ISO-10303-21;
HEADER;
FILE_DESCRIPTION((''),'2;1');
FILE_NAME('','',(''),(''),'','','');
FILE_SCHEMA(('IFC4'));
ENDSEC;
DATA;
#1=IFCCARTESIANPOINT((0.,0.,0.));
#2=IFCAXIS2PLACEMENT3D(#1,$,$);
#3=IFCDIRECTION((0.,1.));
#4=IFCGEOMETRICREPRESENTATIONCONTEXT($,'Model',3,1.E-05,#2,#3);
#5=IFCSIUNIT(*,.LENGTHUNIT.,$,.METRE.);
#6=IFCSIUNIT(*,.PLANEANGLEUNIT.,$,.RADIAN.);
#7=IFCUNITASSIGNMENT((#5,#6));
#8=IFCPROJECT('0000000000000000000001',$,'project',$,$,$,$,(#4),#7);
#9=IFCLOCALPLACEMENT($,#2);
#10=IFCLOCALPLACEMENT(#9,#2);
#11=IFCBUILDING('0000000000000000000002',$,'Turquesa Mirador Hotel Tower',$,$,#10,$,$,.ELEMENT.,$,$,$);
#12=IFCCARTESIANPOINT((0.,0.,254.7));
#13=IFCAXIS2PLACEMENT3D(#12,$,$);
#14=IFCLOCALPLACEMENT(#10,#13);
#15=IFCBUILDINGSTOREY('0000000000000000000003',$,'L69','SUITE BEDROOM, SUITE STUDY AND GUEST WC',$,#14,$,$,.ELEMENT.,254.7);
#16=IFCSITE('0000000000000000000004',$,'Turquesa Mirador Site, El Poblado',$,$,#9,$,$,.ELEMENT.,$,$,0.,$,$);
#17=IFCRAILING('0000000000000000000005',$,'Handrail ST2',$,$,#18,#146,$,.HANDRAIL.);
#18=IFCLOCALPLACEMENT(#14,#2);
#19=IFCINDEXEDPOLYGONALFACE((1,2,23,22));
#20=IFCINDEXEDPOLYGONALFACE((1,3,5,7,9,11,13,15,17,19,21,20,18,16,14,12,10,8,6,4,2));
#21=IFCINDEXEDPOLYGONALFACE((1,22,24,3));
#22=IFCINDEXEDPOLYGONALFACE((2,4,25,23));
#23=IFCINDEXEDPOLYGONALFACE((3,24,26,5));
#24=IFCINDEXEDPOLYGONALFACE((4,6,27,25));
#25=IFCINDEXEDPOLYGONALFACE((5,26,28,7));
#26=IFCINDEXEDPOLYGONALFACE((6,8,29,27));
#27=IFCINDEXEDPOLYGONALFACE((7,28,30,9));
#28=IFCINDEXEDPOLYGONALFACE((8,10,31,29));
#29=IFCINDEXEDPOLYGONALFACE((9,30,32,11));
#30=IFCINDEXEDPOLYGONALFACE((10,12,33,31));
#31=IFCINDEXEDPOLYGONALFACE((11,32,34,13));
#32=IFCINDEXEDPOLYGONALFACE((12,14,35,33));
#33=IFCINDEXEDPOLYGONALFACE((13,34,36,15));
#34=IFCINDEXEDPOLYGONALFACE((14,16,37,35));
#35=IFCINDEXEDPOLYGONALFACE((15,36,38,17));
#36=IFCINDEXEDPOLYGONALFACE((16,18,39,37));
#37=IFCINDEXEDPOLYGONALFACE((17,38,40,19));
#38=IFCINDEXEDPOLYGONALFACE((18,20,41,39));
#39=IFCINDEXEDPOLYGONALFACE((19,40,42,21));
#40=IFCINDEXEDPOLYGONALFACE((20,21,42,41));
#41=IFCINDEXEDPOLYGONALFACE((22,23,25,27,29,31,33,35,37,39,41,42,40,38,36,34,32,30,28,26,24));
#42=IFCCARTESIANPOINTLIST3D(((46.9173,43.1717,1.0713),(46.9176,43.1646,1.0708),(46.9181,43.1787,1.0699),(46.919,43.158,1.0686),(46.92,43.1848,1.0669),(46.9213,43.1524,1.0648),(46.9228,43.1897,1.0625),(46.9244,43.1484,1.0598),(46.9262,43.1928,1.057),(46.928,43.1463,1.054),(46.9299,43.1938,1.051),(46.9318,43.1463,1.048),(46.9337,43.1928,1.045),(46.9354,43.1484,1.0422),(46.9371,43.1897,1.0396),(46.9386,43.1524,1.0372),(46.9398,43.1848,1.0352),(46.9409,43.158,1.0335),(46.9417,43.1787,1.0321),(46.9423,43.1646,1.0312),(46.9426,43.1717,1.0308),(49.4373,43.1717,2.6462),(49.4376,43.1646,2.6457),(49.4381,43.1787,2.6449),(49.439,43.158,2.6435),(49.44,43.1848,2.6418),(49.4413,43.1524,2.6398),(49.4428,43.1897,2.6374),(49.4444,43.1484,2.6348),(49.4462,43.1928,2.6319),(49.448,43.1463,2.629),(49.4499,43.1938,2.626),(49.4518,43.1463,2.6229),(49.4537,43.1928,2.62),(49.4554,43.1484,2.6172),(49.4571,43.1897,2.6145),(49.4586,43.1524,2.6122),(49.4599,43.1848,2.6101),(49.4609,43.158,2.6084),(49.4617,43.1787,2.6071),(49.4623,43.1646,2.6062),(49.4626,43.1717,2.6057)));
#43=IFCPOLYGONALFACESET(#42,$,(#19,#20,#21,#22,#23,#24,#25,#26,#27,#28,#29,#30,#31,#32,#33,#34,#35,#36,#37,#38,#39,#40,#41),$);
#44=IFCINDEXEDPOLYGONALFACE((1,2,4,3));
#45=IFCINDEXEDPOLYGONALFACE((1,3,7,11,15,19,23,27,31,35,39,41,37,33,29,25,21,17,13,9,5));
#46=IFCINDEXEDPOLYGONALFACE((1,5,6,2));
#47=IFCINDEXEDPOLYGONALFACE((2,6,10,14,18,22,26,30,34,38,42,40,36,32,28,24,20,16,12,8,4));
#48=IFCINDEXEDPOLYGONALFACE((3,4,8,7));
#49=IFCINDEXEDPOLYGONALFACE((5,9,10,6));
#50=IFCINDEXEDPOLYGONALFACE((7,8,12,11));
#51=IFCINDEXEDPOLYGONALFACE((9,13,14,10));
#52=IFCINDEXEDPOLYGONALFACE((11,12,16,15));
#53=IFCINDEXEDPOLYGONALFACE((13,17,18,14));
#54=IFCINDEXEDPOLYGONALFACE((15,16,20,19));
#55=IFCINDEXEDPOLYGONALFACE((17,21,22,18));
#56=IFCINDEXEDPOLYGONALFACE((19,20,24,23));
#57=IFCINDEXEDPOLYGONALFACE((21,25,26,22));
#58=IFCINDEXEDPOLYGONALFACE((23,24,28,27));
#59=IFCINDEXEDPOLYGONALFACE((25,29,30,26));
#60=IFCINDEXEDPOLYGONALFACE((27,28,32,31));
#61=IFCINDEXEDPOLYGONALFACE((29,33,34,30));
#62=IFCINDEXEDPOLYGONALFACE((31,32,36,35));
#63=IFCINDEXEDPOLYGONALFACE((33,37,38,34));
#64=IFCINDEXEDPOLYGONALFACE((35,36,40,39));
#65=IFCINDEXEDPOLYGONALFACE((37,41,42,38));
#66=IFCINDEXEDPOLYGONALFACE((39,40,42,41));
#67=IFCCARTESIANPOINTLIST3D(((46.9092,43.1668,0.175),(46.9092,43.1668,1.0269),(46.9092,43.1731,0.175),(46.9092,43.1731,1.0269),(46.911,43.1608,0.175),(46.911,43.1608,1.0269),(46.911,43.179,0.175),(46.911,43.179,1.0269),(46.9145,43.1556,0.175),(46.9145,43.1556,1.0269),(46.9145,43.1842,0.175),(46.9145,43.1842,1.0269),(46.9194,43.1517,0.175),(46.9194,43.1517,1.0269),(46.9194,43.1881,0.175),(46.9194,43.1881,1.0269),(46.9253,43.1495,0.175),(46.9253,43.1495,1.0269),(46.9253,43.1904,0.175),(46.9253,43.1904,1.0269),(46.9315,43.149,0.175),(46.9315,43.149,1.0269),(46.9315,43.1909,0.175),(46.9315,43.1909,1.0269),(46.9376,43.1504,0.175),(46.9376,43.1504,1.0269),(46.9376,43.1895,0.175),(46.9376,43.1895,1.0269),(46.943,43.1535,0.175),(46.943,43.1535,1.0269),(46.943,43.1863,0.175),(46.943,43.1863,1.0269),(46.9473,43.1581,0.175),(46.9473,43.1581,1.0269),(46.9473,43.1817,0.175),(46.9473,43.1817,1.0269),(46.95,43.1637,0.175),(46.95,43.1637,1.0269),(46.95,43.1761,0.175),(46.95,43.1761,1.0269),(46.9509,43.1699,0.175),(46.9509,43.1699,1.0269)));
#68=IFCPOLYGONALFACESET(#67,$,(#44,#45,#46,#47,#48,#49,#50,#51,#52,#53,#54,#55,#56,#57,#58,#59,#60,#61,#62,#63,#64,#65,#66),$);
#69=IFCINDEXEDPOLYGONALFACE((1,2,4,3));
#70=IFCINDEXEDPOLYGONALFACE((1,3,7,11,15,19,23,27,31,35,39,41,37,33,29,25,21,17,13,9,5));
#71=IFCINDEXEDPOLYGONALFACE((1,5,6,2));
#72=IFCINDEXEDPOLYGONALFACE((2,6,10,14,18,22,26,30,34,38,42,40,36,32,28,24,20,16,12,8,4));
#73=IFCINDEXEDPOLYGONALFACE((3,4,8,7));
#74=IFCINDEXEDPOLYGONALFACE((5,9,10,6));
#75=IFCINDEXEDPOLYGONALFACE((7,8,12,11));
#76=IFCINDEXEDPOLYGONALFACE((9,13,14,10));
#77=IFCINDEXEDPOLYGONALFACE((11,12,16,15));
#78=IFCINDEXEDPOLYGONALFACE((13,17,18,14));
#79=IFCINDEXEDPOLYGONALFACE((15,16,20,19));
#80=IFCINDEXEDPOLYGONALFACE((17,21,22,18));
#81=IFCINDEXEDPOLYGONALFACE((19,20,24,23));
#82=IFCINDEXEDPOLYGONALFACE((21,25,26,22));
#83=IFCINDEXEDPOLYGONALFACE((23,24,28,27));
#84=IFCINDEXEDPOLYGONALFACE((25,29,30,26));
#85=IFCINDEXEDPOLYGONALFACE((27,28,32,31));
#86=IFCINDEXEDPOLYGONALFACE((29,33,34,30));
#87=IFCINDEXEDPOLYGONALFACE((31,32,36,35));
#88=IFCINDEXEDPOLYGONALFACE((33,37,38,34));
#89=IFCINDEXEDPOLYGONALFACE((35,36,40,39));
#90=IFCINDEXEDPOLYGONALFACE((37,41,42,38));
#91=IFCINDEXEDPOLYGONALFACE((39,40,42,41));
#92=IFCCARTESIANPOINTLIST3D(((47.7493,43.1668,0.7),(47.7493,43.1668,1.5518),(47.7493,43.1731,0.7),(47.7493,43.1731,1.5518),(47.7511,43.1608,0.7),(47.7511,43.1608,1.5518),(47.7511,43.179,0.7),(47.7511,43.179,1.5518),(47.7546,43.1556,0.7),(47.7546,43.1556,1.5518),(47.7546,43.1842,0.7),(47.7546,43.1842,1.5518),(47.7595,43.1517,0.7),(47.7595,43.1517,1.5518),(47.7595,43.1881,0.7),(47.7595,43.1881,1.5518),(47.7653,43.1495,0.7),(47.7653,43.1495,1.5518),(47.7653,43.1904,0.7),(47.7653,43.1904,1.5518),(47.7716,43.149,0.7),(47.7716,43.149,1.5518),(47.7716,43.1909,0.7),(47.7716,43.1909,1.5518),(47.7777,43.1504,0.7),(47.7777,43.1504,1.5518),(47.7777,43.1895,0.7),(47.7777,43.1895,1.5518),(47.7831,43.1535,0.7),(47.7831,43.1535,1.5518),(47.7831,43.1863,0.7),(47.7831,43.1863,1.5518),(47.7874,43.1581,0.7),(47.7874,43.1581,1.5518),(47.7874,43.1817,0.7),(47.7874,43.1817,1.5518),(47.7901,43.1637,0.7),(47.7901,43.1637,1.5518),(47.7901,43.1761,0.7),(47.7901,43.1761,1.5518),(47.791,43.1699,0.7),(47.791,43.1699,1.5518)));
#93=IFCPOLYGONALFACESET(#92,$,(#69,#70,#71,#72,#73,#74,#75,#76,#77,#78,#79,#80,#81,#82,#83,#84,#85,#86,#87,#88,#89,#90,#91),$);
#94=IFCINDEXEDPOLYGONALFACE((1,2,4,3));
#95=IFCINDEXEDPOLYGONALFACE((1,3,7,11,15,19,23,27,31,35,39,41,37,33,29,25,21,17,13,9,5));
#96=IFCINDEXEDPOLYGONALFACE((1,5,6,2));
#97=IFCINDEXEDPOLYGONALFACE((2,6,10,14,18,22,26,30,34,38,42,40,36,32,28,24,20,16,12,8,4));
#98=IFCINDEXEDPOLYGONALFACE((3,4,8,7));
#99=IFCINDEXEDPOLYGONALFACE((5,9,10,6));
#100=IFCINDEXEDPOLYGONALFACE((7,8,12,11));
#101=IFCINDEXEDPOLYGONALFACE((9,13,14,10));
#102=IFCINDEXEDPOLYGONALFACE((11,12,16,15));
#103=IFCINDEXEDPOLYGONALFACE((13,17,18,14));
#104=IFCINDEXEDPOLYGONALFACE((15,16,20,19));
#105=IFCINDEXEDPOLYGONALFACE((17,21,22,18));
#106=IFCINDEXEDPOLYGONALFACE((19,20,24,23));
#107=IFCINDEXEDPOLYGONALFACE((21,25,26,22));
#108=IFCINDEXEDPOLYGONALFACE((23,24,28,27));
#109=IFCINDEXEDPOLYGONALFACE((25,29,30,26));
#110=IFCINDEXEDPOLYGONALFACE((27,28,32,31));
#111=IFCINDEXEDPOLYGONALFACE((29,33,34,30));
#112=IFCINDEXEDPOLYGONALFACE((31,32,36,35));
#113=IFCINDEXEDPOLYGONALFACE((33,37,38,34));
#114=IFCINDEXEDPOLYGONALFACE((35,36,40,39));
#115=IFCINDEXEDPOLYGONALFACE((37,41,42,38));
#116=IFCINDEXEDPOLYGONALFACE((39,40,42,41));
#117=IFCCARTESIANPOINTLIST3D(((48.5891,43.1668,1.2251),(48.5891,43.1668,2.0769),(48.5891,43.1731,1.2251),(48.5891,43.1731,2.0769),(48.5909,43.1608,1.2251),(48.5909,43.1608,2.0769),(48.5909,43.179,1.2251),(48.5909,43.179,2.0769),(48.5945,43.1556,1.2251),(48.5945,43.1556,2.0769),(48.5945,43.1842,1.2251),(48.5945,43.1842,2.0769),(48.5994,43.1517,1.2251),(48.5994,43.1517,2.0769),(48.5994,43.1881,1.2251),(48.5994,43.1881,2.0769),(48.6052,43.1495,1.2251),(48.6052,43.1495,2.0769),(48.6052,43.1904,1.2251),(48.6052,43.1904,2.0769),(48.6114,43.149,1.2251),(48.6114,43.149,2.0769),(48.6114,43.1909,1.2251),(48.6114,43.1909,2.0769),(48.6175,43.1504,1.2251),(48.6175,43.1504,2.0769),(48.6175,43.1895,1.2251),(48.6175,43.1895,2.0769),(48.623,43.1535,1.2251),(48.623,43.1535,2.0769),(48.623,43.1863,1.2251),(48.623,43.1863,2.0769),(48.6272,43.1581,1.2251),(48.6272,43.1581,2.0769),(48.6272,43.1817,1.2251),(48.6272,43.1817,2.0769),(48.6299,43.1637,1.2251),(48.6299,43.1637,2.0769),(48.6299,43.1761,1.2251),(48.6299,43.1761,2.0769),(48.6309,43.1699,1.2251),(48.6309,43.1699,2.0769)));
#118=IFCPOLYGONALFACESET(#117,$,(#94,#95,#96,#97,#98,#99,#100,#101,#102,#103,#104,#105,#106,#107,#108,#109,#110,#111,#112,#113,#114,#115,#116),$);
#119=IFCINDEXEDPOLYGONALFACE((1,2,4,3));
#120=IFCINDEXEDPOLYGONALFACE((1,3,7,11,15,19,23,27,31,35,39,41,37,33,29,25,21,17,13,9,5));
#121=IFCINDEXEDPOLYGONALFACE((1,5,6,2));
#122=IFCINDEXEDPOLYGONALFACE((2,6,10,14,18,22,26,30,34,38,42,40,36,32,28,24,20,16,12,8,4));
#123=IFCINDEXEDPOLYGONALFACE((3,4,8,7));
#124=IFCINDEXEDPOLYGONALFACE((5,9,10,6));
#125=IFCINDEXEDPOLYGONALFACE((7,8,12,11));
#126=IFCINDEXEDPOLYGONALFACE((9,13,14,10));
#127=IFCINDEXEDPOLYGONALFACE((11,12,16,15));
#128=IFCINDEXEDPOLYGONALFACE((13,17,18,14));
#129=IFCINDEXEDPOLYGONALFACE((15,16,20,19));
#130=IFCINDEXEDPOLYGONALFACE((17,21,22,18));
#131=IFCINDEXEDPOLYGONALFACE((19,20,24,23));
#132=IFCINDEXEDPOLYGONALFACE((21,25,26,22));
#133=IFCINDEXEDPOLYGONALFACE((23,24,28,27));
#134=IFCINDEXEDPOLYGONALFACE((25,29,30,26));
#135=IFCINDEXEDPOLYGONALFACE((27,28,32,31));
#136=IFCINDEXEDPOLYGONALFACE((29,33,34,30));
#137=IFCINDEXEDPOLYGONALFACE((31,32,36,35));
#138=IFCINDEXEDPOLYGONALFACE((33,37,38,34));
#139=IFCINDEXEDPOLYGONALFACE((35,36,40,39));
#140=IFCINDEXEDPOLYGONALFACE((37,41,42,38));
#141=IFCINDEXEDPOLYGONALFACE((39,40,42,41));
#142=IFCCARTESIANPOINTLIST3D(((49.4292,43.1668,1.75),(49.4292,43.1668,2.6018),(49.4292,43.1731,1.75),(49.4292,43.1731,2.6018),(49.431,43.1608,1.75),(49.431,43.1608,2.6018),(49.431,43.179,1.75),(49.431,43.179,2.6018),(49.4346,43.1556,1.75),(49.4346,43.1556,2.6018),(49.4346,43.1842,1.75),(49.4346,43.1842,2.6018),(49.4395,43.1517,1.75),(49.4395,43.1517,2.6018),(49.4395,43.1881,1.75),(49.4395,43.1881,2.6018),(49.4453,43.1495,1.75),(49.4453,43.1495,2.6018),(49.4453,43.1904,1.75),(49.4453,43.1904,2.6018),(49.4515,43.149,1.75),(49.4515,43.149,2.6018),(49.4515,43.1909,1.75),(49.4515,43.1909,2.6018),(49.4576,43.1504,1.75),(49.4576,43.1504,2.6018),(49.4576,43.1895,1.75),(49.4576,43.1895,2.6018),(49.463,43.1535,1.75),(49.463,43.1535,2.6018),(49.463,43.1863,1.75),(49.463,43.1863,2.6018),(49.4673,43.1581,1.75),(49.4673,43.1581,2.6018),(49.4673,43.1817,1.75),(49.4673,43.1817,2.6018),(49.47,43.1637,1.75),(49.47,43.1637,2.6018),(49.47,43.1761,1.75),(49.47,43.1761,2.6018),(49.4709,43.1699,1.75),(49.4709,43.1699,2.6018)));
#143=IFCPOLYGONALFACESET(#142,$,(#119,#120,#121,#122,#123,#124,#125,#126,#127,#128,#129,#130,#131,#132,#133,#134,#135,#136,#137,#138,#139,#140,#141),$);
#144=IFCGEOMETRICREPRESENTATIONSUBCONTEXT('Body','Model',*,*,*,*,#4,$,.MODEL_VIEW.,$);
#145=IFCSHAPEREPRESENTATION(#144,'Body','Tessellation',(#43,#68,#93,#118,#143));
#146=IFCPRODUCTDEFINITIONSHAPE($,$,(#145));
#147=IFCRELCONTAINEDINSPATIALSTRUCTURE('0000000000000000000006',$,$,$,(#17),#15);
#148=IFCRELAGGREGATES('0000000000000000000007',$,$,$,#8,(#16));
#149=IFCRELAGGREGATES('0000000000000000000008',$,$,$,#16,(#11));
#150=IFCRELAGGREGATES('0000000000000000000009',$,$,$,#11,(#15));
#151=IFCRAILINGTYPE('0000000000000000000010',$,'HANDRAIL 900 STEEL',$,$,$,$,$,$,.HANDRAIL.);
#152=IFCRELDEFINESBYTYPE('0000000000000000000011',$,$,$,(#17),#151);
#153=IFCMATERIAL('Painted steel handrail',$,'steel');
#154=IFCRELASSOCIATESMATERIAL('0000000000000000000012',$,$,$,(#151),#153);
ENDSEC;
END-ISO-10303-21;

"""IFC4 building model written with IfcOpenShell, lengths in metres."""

from ifc_helpers import new_model, si_unit, direction, frame, origin, origin_2d, place, context, subcontext, project, spatial, circle, extrude, material, type_object, element, save


model = new_model("IFC4")

# Units and contexts
model_context = context("Model", 3, precision=1e-05, world=origin(), true_north=direction((0.0, 1.0)))
body_context = subcontext(model_context, "Body", "Model", "MODEL_VIEW")
ifc_project = project(units=[si_unit("LENGTHUNIT", "METRE"), si_unit("PLANEANGLEUNIT", "RADIAN")], contexts=[model_context])

# Site, building, storey
site_placement = place(None, origin())
site = spatial("IfcSite", under=ifc_project, at=site_placement, Name="Turquesa Mirador Site, El Poblado", CompositionType="ELEMENT", RefElevation=0.0)
building_placement = place(site_placement, origin())
building = spatial("IfcBuilding", under=site, at=building_placement, Name="Turquesa Mirador Hotel Tower", CompositionType="ELEMENT")
storey_placement = place(building_placement, frame((0.0, 0.0, 254.7)))
storey = spatial("IfcBuildingStorey", under=building, at=storey_placement, Name="L69", Description="SUITE BEDROOM, SUITE STUDY AND GUEST WC", CompositionType="ELEMENT", Elevation=254.7)

# Railing
ifc_material_1 = material(Name="Painted steel handrail", Category="steel")
railing_type = type_object("IfcRailingType", Name="HANDRAIL 900 STEEL", PredefinedType="HANDRAIL", material=ifc_material_1)
railing_placement = place(storey_placement, frame((46.9299, 43.1699, 0.175)))
element("IfcRailing", 1, at=railing_placement, inside=storey, type_object=railing_type, Name="Handrail ST2", PredefinedType="HANDRAIL", context=body_context, shape_type="SweptSolid", body=[
    extrude(circle(Radius=0.0239, at=origin_2d()), frame((0.0, 0.0, 0.876), z_axis=(0.848008, 0.0, 0.529984), x_axis=(0.0, 1.0, 0.0)), (0.0, 0.0, 1.0), 2.9717),
    extrude(circle(Radius=0.021, at=origin_2d()), origin(), (0.0, 0.0, 1.0), 0.8518),
    extrude(circle(Radius=0.021, at=origin_2d()), frame((0.8401, 0.0, 0.5249)), (0.0, 0.0, 1.0), 0.8518),
    extrude(circle(Radius=0.021, at=origin_2d()), frame((1.6799, 0.0, 1.05)), (0.0, 0.0, 1.0), 0.8518),
    extrude(circle(Radius=0.021, at=origin_2d()), frame((2.52, 0.0, 1.575)), (0.0, 0.0, 1.0), 0.8518),
])

save(model, "model.ifc")
